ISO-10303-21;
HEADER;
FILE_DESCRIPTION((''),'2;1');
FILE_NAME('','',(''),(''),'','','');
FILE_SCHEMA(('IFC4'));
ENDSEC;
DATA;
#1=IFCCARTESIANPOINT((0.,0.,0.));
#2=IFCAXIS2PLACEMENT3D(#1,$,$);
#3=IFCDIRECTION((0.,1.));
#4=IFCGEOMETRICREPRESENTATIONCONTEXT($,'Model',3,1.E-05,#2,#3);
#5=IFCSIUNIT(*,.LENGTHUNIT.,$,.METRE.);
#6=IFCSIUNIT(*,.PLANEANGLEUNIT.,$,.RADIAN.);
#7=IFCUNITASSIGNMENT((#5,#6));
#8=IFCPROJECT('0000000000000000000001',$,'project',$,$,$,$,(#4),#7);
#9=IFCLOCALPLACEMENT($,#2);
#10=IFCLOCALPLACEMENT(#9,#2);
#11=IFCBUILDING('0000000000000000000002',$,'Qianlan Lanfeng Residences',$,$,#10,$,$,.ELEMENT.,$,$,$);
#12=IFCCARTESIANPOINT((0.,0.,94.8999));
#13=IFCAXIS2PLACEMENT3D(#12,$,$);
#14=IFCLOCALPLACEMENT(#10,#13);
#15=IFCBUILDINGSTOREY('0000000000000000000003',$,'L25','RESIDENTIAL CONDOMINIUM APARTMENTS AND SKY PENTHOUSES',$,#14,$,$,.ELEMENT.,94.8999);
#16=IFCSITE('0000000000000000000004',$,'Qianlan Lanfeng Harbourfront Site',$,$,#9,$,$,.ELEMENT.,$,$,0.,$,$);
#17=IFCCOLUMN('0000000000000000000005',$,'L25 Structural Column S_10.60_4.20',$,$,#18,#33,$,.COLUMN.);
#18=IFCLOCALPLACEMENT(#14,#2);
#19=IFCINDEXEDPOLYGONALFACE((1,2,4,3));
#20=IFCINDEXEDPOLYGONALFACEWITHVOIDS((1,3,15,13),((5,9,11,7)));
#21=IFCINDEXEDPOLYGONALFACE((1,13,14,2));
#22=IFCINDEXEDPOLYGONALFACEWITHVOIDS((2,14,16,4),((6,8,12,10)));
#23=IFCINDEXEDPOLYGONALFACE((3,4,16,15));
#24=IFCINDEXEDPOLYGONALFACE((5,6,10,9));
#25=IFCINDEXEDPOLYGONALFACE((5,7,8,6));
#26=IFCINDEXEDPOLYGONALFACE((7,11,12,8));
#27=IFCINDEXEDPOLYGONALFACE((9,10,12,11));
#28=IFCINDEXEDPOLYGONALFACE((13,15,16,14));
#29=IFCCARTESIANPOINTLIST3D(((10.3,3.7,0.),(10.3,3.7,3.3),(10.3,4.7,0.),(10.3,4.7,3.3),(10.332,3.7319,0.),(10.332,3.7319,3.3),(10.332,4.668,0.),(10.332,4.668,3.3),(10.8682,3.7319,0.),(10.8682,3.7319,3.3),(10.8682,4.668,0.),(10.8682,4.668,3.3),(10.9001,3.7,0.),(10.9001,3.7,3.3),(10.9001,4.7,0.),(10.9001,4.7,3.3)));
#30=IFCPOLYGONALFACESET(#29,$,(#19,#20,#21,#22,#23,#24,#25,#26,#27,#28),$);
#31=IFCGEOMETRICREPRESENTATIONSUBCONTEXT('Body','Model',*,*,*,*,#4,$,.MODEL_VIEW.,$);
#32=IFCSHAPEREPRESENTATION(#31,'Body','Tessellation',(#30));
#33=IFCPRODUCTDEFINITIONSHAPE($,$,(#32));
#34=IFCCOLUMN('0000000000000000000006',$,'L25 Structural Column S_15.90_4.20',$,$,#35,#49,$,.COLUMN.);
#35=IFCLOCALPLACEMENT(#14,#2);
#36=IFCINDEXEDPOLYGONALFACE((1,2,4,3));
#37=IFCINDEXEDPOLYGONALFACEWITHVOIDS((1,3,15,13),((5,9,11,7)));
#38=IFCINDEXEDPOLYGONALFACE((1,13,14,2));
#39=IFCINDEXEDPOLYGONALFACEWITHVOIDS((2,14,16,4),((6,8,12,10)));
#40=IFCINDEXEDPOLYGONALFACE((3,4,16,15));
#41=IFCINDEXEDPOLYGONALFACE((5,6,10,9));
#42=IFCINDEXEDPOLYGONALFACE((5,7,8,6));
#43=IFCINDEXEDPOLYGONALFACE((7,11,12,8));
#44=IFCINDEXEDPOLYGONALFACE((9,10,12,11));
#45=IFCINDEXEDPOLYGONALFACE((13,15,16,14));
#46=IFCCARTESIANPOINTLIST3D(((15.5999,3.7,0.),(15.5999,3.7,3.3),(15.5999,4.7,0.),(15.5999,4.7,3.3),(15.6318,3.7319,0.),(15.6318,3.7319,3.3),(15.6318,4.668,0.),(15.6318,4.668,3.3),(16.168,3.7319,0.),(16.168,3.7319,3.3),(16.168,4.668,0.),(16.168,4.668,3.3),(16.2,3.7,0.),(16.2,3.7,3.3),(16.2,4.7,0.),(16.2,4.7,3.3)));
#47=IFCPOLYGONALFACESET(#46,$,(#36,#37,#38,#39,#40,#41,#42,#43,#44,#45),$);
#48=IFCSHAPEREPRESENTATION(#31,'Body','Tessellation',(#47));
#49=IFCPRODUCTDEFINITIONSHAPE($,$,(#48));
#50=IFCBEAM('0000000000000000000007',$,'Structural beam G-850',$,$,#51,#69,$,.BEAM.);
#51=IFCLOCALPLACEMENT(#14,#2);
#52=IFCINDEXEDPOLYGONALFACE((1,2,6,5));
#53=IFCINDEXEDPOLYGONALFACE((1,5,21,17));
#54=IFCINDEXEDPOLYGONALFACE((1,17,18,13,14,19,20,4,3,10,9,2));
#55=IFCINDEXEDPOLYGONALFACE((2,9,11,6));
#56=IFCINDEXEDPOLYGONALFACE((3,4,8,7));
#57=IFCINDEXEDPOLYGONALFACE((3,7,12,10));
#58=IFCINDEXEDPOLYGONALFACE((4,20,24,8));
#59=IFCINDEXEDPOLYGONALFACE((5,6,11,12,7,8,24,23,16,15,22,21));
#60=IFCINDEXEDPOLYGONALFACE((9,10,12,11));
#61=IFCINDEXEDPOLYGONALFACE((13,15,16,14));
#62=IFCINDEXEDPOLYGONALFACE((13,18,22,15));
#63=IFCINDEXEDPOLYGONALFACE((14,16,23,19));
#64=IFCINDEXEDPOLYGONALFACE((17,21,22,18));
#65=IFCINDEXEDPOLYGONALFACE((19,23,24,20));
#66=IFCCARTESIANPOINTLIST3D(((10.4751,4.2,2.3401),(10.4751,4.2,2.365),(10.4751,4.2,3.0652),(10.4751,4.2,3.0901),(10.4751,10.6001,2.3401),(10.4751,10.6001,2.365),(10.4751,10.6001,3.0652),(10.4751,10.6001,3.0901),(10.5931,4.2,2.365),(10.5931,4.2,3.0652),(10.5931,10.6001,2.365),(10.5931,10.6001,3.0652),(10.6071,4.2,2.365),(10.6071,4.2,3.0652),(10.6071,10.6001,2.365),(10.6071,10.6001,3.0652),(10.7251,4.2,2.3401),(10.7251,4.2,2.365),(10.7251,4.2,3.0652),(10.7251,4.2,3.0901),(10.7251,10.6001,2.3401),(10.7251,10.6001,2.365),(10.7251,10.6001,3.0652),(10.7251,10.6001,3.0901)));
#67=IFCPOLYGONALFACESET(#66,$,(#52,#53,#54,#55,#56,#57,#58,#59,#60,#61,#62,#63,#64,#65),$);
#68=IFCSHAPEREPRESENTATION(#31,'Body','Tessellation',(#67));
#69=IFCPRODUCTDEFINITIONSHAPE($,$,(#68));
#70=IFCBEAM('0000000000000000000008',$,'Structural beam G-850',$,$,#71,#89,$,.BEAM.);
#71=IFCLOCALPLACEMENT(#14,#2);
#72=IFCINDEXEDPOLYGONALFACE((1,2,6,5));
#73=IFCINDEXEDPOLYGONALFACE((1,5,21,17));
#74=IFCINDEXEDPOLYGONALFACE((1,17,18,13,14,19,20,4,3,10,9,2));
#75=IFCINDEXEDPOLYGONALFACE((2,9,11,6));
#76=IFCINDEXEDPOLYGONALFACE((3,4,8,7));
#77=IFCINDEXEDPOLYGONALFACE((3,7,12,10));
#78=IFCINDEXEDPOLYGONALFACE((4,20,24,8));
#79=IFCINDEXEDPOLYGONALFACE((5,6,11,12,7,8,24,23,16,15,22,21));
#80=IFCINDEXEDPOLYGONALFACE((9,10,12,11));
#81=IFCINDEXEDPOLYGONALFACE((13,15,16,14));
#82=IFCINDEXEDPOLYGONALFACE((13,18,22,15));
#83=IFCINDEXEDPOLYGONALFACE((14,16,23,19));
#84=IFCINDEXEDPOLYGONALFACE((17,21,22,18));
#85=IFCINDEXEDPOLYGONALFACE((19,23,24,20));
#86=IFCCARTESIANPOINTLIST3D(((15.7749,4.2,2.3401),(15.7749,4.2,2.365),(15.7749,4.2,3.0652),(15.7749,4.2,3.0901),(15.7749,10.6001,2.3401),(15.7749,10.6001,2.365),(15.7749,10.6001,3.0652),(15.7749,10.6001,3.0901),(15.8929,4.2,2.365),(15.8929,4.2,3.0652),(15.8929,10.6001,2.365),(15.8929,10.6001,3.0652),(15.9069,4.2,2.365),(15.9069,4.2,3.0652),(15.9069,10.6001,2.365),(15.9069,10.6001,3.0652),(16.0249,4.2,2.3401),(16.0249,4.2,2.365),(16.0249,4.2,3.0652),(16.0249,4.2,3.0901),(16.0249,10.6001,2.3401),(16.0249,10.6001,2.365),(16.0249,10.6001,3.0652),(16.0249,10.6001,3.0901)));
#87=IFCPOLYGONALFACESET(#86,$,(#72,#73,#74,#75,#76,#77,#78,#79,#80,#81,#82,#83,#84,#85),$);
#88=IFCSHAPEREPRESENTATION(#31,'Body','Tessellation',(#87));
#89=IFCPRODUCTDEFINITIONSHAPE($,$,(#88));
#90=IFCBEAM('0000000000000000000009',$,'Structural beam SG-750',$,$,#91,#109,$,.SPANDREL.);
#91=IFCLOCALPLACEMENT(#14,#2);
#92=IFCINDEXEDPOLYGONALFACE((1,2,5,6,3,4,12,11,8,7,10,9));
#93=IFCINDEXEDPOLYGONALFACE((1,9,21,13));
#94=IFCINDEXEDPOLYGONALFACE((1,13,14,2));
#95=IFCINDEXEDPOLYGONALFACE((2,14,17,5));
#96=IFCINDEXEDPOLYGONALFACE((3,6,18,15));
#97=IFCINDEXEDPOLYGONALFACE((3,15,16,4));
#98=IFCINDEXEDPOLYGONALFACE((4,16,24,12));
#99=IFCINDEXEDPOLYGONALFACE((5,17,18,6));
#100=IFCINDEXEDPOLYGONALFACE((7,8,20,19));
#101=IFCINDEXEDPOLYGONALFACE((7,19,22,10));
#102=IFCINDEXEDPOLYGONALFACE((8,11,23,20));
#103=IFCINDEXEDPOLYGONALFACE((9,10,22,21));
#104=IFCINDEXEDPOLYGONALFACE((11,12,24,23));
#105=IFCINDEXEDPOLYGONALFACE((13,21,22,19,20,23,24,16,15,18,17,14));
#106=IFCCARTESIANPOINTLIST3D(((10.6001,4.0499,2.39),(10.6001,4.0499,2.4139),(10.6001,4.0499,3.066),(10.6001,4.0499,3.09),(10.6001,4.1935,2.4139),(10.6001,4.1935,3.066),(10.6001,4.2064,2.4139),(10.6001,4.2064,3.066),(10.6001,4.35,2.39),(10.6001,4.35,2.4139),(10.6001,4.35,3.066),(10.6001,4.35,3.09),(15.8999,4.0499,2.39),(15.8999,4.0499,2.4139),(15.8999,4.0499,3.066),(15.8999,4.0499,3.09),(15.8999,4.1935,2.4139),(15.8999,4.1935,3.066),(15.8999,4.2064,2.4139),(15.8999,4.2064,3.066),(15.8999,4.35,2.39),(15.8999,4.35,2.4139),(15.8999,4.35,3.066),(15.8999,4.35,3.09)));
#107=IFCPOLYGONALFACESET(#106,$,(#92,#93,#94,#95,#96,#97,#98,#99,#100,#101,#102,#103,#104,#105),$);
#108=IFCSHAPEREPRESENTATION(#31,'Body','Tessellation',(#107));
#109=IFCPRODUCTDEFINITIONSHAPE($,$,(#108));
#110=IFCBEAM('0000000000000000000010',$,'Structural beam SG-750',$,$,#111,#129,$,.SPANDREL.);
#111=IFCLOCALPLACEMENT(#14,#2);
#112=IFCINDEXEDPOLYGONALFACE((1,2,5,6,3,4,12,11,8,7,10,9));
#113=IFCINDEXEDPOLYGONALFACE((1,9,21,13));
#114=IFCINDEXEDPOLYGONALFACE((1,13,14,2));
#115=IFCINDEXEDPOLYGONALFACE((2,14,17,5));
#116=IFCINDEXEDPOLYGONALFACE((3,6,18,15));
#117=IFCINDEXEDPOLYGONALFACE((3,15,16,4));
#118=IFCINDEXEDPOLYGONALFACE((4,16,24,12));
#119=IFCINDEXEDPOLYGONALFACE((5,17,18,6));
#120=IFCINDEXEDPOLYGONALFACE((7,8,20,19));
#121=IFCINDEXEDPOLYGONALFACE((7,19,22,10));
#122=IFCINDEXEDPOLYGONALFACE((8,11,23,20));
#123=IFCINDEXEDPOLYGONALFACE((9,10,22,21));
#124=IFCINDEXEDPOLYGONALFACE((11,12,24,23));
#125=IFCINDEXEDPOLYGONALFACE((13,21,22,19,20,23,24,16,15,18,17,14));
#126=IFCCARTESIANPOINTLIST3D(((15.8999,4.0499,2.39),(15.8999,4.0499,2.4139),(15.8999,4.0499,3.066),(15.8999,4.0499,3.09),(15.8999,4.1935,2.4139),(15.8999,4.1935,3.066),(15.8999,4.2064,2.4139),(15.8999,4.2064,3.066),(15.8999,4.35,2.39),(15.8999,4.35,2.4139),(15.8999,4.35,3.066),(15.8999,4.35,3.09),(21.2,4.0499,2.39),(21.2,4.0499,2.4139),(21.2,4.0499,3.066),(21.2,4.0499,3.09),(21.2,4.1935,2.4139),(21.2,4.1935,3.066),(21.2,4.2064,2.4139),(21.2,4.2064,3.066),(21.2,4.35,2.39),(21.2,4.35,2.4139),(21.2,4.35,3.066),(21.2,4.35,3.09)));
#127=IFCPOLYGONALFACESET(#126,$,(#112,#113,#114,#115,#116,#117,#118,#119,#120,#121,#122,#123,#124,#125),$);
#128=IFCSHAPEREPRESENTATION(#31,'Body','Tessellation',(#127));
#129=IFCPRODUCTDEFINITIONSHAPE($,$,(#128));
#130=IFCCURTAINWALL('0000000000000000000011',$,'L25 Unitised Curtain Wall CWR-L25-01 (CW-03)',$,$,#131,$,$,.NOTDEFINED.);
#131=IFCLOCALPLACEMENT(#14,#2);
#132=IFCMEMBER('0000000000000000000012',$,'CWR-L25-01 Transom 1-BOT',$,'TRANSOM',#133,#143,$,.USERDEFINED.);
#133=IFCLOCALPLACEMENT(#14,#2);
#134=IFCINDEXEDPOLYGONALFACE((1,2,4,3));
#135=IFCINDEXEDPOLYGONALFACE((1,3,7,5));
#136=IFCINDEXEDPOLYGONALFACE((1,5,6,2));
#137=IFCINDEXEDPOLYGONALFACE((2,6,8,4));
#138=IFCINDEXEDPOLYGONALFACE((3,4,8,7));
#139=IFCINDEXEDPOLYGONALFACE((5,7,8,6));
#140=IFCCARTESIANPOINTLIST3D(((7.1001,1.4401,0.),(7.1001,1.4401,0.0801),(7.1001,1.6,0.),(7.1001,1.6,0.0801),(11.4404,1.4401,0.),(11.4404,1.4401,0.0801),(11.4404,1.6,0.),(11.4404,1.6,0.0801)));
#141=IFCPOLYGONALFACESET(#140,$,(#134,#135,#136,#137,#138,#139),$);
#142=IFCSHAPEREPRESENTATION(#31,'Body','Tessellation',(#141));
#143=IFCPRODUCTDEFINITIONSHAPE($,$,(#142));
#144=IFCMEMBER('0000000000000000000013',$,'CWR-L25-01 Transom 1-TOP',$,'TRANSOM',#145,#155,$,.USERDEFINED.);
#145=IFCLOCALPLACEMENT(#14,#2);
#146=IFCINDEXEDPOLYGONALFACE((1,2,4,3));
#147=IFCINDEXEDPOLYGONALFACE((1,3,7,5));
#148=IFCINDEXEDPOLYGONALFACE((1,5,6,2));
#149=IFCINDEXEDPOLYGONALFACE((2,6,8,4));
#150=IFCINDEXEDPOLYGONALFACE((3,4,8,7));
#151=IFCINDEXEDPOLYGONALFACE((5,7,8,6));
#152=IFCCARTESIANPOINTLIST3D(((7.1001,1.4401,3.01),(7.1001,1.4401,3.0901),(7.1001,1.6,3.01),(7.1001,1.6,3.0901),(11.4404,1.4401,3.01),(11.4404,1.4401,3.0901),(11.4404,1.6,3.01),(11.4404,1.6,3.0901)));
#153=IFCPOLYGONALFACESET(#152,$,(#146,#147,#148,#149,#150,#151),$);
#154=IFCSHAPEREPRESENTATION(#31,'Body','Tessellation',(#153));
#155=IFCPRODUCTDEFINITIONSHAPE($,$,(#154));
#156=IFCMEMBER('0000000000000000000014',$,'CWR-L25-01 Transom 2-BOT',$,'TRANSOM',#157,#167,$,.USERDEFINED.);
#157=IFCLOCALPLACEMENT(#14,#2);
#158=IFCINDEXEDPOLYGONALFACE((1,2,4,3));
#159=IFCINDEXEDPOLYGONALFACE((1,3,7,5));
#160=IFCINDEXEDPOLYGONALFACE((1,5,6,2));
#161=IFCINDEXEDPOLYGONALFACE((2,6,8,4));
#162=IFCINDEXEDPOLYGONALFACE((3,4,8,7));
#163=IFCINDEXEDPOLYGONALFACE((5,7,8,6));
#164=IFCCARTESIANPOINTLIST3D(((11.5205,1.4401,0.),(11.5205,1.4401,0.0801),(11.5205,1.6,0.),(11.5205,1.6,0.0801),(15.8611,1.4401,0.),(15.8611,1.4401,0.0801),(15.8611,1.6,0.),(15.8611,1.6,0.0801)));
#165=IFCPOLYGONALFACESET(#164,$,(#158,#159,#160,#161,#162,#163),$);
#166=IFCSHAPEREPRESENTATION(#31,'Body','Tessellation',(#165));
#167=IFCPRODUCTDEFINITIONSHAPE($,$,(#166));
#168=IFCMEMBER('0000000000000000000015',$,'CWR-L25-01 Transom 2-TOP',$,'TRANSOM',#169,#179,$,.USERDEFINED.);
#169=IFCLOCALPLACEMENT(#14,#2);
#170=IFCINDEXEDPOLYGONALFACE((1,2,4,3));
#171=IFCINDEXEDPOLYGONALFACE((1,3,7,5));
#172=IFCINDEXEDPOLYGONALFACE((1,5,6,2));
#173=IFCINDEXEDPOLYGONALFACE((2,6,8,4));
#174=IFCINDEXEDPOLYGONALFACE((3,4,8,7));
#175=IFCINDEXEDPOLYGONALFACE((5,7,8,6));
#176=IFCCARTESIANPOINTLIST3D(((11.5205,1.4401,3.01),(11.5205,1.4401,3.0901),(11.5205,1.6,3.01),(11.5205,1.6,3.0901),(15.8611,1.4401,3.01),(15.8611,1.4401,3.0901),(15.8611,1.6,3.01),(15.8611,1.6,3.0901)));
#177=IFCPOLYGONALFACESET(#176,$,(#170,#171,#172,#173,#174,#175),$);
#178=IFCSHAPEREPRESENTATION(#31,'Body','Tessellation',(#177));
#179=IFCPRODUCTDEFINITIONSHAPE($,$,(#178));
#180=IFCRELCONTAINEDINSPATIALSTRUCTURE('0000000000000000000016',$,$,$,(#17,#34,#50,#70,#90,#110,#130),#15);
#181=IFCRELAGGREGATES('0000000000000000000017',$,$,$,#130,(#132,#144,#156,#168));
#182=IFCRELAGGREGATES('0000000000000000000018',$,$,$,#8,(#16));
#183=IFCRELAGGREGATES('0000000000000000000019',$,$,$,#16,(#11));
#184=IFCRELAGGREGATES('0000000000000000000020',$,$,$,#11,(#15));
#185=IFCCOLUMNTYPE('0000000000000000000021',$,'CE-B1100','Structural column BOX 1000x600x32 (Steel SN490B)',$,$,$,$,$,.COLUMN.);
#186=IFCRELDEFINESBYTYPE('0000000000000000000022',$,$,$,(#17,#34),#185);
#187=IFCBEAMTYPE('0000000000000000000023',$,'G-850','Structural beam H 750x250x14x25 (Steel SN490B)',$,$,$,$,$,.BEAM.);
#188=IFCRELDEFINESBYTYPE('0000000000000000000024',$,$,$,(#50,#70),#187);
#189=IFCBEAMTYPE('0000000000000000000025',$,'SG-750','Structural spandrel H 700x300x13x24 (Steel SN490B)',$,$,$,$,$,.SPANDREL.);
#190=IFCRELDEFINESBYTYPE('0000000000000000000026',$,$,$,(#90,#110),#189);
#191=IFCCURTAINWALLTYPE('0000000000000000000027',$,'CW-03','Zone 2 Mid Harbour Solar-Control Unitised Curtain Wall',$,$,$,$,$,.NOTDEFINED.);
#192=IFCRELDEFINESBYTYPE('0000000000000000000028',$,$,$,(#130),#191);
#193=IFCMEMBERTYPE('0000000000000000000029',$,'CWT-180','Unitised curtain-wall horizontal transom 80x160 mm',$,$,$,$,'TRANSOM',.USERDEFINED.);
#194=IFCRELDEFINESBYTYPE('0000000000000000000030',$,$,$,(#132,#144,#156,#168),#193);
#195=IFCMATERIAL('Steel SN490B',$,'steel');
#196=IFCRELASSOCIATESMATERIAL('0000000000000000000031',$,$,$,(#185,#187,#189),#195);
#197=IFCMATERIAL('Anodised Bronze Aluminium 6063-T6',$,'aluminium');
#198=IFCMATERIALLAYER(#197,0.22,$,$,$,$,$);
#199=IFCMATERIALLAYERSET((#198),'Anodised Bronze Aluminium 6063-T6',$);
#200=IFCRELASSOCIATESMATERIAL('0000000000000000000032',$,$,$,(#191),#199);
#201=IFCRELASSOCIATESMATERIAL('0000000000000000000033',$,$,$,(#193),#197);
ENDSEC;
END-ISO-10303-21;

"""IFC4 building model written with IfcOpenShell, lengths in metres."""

from ifc_helpers import new_model, si_unit, direction, frame, origin, origin_2d, place, context, subcontext, project, spatial, rectangle, hollow_rectangle, i_section, extrude, source, transform, mapped, material, layer, layer_set, material_profile, profile_set, type_object, element, aggregate, save


model = new_model("IFC4")

# Units and contexts
model_context = context("Model", 3, precision=1e-05, world=origin(), true_north=direction((0.0, 1.0)))
body_context = subcontext(model_context, "Body", "Model", "MODEL_VIEW")
ifc_project = project(units=[si_unit("LENGTHUNIT", "METRE"), si_unit("PLANEANGLEUNIT", "RADIAN")], contexts=[model_context])

# Site, building, storey
site_placement = place(None, origin())
site = spatial("IfcSite", under=ifc_project, at=site_placement, Name="Qianlan Lanfeng Harbourfront Site", CompositionType="ELEMENT", RefElevation=0.0)
building_placement = place(site_placement, origin())
building = spatial("IfcBuilding", under=site, at=building_placement, Name="Qianlan Lanfeng Residences", CompositionType="ELEMENT")
storey_placement = place(building_placement, frame((0.0, 0.0, 94.8999)))
storey = spatial("IfcBuildingStorey", under=building, at=storey_placement, Name="L25", Description="RESIDENTIAL CONDOMINIUM APARTMENTS AND SKY PENTHOUSES", CompositionType="ELEMENT", Elevation=94.8999)

# Columns
ifc_material_1 = material(Name="Steel SN490B", Category="steel")
ifc_material_profile_1 = material_profile(ifc_material_1, hollow_rectangle(XDim=0.6001, YDim=1.0, WallThickness=0.032, at=origin_2d()), Name="BOX 1000x600x32")
ifc_profile_set_1 = profile_set([ifc_material_profile_1], Name="Steel SN490B")
column_type = type_object("IfcColumnType", Name="CE-B1100", Description="Structural column BOX 1000x600x32 (Steel SN490B)", PredefinedType="COLUMN", material=ifc_profile_set_1)
for number, where, z_axis, x_axis, name in (
    (1, (10.6001, 4.2, 0.0), (0.0, 0.0, 1.0), (1.0, 0.0, 0.0), "L25 Structural Column S_10.60_4.20"),
    (2, (15.8999, 4.2, 0.0), (0.0, 0.0, 1.0), (1.0, 0.0, 0.0), "L25 Structural Column S_15.90_4.20"),
):
    element("IfcColumn", number, at=place(storey_placement, frame(where, z_axis=z_axis, x_axis=x_axis)), inside=storey, type_object=column_type, Name=name, PredefinedType="COLUMN", context=body_context, shape_type="SweptSolid", body=[
        extrude(hollow_rectangle(XDim=0.6001, YDim=1.0, WallThickness=0.032, at=origin_2d()), origin(), (0.0, 0.0, 1.0), 3.3),
    ])

# Beams
ifc_material_profile_2 = material_profile(ifc_material_1, i_section(OverallWidth=0.25, OverallDepth=0.75, WebThickness=0.0139, FlangeThickness=0.0249, at=origin_2d()), Name="H 750x250x14x25")
ifc_profile_set_2 = profile_set([ifc_material_profile_2], Name="Steel SN490B")
beam_type_1 = type_object("IfcBeamType", Name="G-850", Description="Structural beam H 750x250x14x25 (Steel SN490B)", PredefinedType="BEAM", material=ifc_profile_set_2)
for number, where, z_axis, x_axis, name in (
    (3, (10.6001, 4.2, 2.7151), (0.0, 1.0, 0.0), (-1.0, 0.0, 0.0), "Structural beam G-850"),
    (4, (15.8999, 4.2, 2.7151), (0.0, 1.0, 0.0), (-1.0, 0.0, 0.0), "Structural beam G-850"),
):
    element("IfcBeam", number, at=place(storey_placement, frame(where, z_axis=z_axis, x_axis=x_axis)), inside=storey, type_object=beam_type_1, Name=name, PredefinedType="BEAM", context=body_context, shape_type="SweptSolid", body=[
        extrude(i_section(OverallWidth=0.25, OverallDepth=0.75, WebThickness=0.0139, FlangeThickness=0.0249, at=origin_2d()), origin(), (0.0, 0.0, 1.0), 6.4001),
    ])
ifc_material_profile_3 = material_profile(ifc_material_1, i_section(OverallWidth=0.3, OverallDepth=0.7, WebThickness=0.0129, FlangeThickness=0.0239, at=origin_2d()), Name="H 700x300x13x24")
ifc_profile_set_3 = profile_set([ifc_material_profile_3], Name="Steel SN490B")
beam_type_2 = type_object("IfcBeamType", Name="SG-750", Description="Structural spandrel H 700x300x13x24 (Steel SN490B)", PredefinedType="SPANDREL", material=ifc_profile_set_3)
beam_1_placement = place(storey_placement, frame((10.6001, 4.2, 2.74), z_axis=(1.0, 0.0, 0.0), x_axis=(0.0, 1.0, 0.0)))
element("IfcBeam", 5, at=beam_1_placement, inside=storey, type_object=beam_type_2, Name="Structural beam SG-750", PredefinedType="SPANDREL", context=body_context, shape_type="SweptSolid", body=[
    extrude(i_section(OverallWidth=0.3, OverallDepth=0.7, WebThickness=0.0129, FlangeThickness=0.0239, at=origin_2d()), origin(), (0.0, 0.0, 1.0), 5.2998),
])
beam_2_placement = place(storey_placement, frame((15.8999, 4.2, 2.74), z_axis=(1.0, 0.0, 0.0), x_axis=(0.0, 1.0, 0.0)))
element("IfcBeam", 6, at=beam_2_placement, inside=storey, type_object=beam_type_2, Name="Structural beam SG-750", PredefinedType="SPANDREL", context=body_context, shape_type="SweptSolid", body=[
    extrude(i_section(OverallWidth=0.3, OverallDepth=0.7, WebThickness=0.0129, FlangeThickness=0.0239, at=origin_2d()), origin(), (0.0, 0.0, 1.0), 5.3),
])

# Curtain wall, members
ifc_material_2 = material(Name="Anodised Bronze Aluminium 6063-T6", Category="aluminium")
ifc_layer_1 = layer(ifc_material_2, 0.22)
ifc_layer_set_1 = layer_set([ifc_layer_1], Name="Anodised Bronze Aluminium 6063-T6")
curtain_wall_type = type_object("IfcCurtainWallType", Name="CW-03", Description="Zone 2 Mid Harbour Solar-Control Unitised Curtain Wall", PredefinedType="NOTDEFINED", material=ifc_layer_set_1)
curtain_wall_placement = place(storey_placement, origin())
curtain_wall = element("IfcCurtainWall", 7, at=curtain_wall_placement, inside=storey, type_object=curtain_wall_type, Name="L25 Unitised Curtain Wall CWR-L25-01 (CW-03)", PredefinedType="NOTDEFINED")
ifc_material_profile_4 = material_profile(ifc_material_2, rectangle(XDim=0.0801, YDim=0.1599, at=origin_2d()), Name="ALU TRANSOM 80x160")
ifc_profile_set_4 = profile_set([ifc_material_profile_4], Name="Anodised Bronze Aluminium 6063-T6")
member_type_1 = type_object("IfcMemberType", Name="CWT-180", Description="Unitised curtain-wall horizontal transom 80x160 mm", ElementType="TRANSOM", PredefinedType="USERDEFINED", material=ifc_profile_set_4)
shared_shape_1 = source(origin(), body_context, "Body", "SweptSolid", [
    extrude(rectangle(XDim=0.0801, YDim=0.1599, at=origin_2d()), origin(), (0.0, 0.0, 1.0), 4.3403),
])
member_1_placement = place(storey_placement, frame((7.1001, 1.52, 0.04), z_axis=(1.0, 0.0, 0.0), x_axis=(0.0, 0.0, 1.0)))
member_1 = element("IfcMember", 8, at=member_1_placement, type_object=member_type_1, Name="CWR-L25-01 Transom 1-BOT", ObjectType="TRANSOM", PredefinedType="USERDEFINED", context=body_context, shape_type="MappedRepresentation", body=[
    mapped(shared_shape_1, transform((0.0, 0.0, 0.0), scale=1.0)),
])
member_2_placement = place(storey_placement, frame((7.1001, 1.52, 3.05), z_axis=(1.0, 0.0, 0.0), x_axis=(0.0, 0.0, 1.0)))
member_2 = element("IfcMember", 9, at=member_2_placement, type_object=member_type_1, Name="CWR-L25-01 Transom 1-TOP", ObjectType="TRANSOM", PredefinedType="USERDEFINED", context=body_context, shape_type="MappedRepresentation", body=[
    mapped(shared_shape_1, transform((0.0, 0.0, 0.0), scale=1.0)),
])
shared_shape_2 = source(origin(), body_context, "Body", "SweptSolid", [
    extrude(rectangle(XDim=0.0801, YDim=0.1599, at=origin_2d()), origin(), (0.0, 0.0, 1.0), 4.3406),
])
member_3_placement = place(storey_placement, frame((11.5205, 1.52, 0.04), z_axis=(1.0, 0.0, 0.0), x_axis=(0.0, 0.0, 1.0)))
member_3 = element("IfcMember", 10, at=member_3_placement, type_object=member_type_1, Name="CWR-L25-01 Transom 2-BOT", ObjectType="TRANSOM", PredefinedType="USERDEFINED", context=body_context, shape_type="MappedRepresentation", body=[
    mapped(shared_shape_2, transform((0.0, 0.0, 0.0), scale=1.0)),
])
member_4_placement = place(storey_placement, frame((11.5205, 1.52, 3.05), z_axis=(1.0, 0.0, 0.0), x_axis=(0.0, 0.0, 1.0)))
member_4 = element("IfcMember", 11, at=member_4_placement, type_object=member_type_1, Name="CWR-L25-01 Transom 2-TOP", ObjectType="TRANSOM", PredefinedType="USERDEFINED", context=body_context, shape_type="MappedRepresentation", body=[
    mapped(shared_shape_2, transform((0.0, 0.0, 0.0), scale=1.0)),
])
aggregate(curtain_wall, [member_1, member_2, member_3, member_4])

save(model, "model.ifc")
